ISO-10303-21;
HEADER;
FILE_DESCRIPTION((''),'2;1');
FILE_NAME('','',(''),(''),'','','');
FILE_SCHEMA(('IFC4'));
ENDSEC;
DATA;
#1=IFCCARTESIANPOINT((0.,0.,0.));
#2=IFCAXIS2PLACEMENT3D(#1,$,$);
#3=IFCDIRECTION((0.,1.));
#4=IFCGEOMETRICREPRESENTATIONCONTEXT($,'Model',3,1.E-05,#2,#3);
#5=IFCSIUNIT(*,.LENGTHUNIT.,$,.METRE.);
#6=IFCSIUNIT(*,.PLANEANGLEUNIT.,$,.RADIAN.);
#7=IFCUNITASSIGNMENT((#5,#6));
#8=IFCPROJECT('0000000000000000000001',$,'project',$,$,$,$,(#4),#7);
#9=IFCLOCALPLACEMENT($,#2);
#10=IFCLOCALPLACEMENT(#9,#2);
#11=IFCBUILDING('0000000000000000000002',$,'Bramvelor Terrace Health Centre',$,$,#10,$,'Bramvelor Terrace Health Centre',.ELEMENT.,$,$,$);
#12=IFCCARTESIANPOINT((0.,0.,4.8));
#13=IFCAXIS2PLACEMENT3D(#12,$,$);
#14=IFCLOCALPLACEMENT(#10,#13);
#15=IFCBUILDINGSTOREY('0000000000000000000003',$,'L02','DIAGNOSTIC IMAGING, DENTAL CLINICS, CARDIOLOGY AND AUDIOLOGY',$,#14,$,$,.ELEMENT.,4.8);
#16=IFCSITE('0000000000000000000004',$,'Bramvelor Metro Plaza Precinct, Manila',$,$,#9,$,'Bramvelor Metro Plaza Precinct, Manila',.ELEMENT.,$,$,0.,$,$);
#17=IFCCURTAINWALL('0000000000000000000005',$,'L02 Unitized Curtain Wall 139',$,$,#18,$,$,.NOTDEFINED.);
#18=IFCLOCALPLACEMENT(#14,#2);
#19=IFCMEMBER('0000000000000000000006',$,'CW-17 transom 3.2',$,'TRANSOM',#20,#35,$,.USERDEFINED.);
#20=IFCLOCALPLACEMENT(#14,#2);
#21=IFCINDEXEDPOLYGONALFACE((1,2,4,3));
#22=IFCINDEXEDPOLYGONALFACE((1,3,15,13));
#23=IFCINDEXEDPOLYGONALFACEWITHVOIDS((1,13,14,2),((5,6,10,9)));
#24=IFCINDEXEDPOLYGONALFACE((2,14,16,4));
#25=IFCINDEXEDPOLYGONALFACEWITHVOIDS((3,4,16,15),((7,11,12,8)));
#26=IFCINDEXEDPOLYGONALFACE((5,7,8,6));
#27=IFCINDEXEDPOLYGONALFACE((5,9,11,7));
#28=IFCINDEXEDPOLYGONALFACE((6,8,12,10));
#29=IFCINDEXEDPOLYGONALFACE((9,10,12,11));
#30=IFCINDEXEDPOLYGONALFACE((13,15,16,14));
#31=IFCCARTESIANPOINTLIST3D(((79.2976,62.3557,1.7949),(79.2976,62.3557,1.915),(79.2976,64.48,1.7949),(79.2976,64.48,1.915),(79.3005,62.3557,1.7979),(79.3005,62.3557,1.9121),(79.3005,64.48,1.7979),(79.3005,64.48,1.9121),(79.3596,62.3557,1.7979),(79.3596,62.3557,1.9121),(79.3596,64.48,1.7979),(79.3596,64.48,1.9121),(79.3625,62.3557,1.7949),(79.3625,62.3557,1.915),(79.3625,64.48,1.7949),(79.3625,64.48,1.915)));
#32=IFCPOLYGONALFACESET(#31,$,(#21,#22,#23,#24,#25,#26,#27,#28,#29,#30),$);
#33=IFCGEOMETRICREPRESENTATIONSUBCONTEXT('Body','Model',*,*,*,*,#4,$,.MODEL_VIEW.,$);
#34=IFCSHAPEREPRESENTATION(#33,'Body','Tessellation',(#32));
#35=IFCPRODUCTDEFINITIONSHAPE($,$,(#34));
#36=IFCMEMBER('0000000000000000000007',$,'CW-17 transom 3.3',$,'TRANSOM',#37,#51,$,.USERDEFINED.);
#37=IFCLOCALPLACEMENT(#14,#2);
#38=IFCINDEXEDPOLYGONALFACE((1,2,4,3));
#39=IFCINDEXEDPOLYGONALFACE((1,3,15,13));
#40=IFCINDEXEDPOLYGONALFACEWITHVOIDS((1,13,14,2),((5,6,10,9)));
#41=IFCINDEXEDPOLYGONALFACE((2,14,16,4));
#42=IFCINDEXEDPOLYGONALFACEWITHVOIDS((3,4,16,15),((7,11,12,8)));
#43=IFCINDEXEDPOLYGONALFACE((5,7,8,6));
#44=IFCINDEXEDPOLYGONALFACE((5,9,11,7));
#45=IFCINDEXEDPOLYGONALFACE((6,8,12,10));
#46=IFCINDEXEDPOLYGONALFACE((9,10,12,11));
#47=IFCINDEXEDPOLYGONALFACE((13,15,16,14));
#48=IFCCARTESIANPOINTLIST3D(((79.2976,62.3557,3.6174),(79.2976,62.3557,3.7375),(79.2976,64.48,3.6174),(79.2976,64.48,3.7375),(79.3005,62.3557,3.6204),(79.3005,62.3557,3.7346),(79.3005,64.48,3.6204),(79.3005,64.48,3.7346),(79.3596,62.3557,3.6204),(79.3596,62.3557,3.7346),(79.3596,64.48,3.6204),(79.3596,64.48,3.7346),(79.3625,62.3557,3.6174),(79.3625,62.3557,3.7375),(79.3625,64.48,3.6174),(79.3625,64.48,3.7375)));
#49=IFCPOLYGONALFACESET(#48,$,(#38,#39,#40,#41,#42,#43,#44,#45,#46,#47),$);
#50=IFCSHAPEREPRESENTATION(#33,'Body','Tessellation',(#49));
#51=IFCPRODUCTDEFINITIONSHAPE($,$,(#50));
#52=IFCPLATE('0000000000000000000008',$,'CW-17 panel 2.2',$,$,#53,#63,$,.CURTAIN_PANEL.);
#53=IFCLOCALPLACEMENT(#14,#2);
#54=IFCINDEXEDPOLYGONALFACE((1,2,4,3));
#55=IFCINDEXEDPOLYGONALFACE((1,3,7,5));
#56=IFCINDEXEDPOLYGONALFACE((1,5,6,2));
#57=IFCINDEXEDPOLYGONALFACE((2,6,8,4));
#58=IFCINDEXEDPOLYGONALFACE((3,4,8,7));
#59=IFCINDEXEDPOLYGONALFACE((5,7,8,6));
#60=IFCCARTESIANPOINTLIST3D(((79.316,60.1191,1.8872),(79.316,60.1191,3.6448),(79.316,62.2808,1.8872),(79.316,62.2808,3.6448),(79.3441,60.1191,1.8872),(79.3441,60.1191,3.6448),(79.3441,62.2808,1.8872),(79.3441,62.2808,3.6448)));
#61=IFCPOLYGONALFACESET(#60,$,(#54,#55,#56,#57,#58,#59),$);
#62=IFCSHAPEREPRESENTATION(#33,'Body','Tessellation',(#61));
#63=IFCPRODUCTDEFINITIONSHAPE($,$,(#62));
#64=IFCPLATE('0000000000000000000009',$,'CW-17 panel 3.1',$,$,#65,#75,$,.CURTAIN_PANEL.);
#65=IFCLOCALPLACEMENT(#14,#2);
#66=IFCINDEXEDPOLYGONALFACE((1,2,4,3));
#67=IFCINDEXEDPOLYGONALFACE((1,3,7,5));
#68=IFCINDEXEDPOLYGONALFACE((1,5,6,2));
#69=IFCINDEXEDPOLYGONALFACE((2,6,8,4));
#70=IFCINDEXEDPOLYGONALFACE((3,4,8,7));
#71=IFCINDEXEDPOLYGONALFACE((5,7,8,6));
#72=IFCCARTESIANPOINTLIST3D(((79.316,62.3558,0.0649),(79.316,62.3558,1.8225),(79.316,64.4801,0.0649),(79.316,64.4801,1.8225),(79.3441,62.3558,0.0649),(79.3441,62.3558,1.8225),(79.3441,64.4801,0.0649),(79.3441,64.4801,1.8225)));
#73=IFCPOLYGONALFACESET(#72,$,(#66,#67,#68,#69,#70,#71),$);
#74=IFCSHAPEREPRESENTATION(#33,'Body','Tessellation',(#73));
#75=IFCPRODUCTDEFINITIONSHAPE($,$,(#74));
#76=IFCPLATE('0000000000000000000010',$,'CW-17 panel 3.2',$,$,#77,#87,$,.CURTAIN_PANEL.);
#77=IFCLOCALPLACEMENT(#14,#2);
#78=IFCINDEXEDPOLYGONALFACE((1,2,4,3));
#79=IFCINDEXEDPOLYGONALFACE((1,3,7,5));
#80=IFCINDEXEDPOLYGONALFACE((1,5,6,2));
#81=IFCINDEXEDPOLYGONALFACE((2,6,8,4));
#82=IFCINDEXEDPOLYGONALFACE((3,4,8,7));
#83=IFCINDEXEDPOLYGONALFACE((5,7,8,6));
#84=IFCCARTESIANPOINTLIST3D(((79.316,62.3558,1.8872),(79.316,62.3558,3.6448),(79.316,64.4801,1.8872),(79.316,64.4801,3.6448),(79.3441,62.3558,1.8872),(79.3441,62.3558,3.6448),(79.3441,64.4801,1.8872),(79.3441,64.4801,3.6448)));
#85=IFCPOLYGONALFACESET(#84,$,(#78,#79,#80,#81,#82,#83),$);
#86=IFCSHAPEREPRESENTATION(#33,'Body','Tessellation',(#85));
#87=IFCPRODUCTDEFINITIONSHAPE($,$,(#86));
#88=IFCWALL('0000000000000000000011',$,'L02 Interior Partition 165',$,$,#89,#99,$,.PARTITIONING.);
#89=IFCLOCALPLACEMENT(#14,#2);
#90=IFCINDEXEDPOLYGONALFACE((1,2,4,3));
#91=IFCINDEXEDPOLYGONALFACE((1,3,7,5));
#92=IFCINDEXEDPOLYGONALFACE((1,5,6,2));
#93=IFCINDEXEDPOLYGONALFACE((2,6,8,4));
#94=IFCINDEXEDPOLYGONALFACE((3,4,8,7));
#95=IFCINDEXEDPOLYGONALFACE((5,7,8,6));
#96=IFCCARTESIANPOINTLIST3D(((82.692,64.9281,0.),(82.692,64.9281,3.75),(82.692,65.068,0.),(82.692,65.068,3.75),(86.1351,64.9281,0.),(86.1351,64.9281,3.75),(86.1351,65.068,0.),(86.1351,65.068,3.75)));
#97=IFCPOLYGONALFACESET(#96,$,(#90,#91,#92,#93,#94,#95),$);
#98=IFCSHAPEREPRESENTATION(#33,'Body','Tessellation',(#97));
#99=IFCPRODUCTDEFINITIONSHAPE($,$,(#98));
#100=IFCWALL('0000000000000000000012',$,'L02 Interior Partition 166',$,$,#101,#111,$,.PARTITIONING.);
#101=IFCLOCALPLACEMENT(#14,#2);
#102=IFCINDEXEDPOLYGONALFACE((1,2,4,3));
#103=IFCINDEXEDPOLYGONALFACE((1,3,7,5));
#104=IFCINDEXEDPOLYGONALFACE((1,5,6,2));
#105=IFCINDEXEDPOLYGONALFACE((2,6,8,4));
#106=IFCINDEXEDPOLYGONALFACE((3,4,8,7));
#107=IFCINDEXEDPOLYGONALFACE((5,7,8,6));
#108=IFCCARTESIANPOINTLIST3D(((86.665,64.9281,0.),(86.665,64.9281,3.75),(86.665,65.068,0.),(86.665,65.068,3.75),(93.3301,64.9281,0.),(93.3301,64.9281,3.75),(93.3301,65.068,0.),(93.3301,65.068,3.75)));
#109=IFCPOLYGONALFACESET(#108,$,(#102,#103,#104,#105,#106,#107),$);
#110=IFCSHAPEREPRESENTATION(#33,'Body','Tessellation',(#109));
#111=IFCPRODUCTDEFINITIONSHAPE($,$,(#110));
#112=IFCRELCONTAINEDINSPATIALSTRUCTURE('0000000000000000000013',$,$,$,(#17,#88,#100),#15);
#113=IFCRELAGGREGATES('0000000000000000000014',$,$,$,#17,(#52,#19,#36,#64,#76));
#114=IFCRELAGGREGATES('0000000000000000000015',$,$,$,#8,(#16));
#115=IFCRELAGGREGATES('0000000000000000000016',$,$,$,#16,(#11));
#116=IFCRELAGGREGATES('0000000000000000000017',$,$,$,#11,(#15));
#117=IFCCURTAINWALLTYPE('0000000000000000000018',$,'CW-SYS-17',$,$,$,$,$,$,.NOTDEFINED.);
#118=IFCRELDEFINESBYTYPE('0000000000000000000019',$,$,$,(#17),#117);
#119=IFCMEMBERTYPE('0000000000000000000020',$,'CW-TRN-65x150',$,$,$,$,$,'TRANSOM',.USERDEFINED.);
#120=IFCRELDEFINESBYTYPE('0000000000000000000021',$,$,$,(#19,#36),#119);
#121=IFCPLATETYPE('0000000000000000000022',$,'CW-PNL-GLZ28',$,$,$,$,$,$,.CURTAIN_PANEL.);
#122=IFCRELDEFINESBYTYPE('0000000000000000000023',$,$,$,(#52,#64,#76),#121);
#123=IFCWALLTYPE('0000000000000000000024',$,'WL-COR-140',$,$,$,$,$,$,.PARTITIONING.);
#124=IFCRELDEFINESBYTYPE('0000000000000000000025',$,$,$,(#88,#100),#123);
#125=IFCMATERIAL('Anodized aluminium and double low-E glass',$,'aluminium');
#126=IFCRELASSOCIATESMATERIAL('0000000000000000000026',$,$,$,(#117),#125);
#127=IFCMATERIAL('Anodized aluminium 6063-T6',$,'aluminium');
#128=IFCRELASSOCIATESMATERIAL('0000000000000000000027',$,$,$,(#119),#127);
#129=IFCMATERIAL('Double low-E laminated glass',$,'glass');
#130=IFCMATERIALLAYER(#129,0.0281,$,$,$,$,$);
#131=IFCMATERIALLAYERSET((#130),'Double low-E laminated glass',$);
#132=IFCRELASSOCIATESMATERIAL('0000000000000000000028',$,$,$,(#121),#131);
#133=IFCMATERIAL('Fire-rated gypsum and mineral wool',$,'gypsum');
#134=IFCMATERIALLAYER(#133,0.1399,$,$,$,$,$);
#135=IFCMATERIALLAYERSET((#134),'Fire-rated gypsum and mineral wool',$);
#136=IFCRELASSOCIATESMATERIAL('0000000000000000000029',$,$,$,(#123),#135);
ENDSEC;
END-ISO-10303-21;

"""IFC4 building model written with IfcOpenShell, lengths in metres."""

from ifc_helpers import new_model, si_unit, direction, frame, frame_2d, origin, origin_2d, place, context, subcontext, project, spatial, rectangle, hollow_rectangle, extrude, material, layer, layer_set, material_profile, profile_set, type_object, element, aggregate, save


model = new_model("IFC4")

# Units and contexts
model_context = context("Model", 3, precision=1e-05, world=origin(), true_north=direction((0.0, 1.0)))
body_context = subcontext(model_context, "Body", "Model", "MODEL_VIEW")
ifc_project = project(units=[si_unit("LENGTHUNIT", "METRE"), si_unit("PLANEANGLEUNIT", "RADIAN")], contexts=[model_context])

# Site, building, storey
site_placement = place(None, origin())
site = spatial("IfcSite", under=ifc_project, at=site_placement, Name="Bramvelor Metro Plaza Precinct, Manila", LongName="Bramvelor Metro Plaza Precinct, Manila", CompositionType="ELEMENT", RefElevation=0.0)
building_placement = place(site_placement, origin())
building = spatial("IfcBuilding", under=site, at=building_placement, Name="Bramvelor Terrace Health Centre", LongName="Bramvelor Terrace Health Centre", CompositionType="ELEMENT")
storey_placement = place(building_placement, frame((0.0, 0.0, 4.8)))
storey = spatial("IfcBuildingStorey", under=building, at=storey_placement, Name="L02", Description="DIAGNOSTIC IMAGING, DENTAL CLINICS, CARDIOLOGY AND AUDIOLOGY", CompositionType="ELEMENT", Elevation=4.8)

# Curtain wall, members, plates
ifc_material_1 = material(Name="Anodized aluminium and double low-E glass", Category="aluminium")
curtain_wall_type = type_object("IfcCurtainWallType", Name="CW-SYS-17", PredefinedType="NOTDEFINED", material=ifc_material_1)
curtain_wall_placement = place(storey_placement, origin())
curtain_wall = element("IfcCurtainWall", 1, at=curtain_wall_placement, inside=storey, type_object=curtain_wall_type, Name="L02 Unitized Curtain Wall 139", PredefinedType="NOTDEFINED")
ifc_material_2 = material(Name="Anodized aluminium 6063-T6", Category="aluminium")
ifc_material_profile_1 = material_profile(ifc_material_2, hollow_rectangle(XDim=0.0649, YDim=0.1201, WallThickness=0.0029, at=origin_2d()), Name="ALU-TRN 65x120x3.0")
ifc_profile_set_1 = profile_set([ifc_material_profile_1], Name="Anodized aluminium 6063-T6")
member_type_1 = type_object("IfcMemberType", Name="CW-TRN-65x150", ElementType="TRANSOM", PredefinedType="USERDEFINED", material=ifc_profile_set_1)
member_1_placement = place(storey_placement, frame((79.3301, 62.3557, 1.855), z_axis=(0.0, 1.0, 0.0), x_axis=(-1.0, 0.0, 0.0)))
member_1 = element("IfcMember", 2, at=member_1_placement, type_object=member_type_1, Name="CW-17 transom 3.2", ObjectType="TRANSOM", PredefinedType="USERDEFINED", context=body_context, shape_type="SweptSolid", body=[
    extrude(hollow_rectangle(XDim=0.0649, YDim=0.1201, WallThickness=0.0029, at=origin_2d()), origin(), (0.0, 0.0, 1.0), 2.1243),
])
member_2_placement = place(storey_placement, frame((79.3301, 62.3557, 3.6775), z_axis=(0.0, 1.0, 0.0), x_axis=(-1.0, 0.0, 0.0)))
member_2 = element("IfcMember", 3, at=member_2_placement, type_object=member_type_1, Name="CW-17 transom 3.3", ObjectType="TRANSOM", PredefinedType="USERDEFINED", context=body_context, shape_type="SweptSolid", body=[
    extrude(hollow_rectangle(XDim=0.0649, YDim=0.1201, WallThickness=0.0029, at=origin_2d()), origin(), (0.0, 0.0, 1.0), 2.1243),
])
ifc_material_3 = material(Name="Double low-E laminated glass", Category="glass")
ifc_layer_1 = layer(ifc_material_3, 0.0281)
ifc_layer_set_1 = layer_set([ifc_layer_1], Name="Double low-E laminated glass")
plate_type = type_object("IfcPlateType", Name="CW-PNL-GLZ28", PredefinedType="CURTAIN_PANEL", material=ifc_layer_set_1)
plate_1_placement = place(storey_placement, frame((79.3301, 61.2, 1.8872), z_axis=(0.0, 0.0, 1.0), x_axis=(0.0, 1.0, 0.0)))
plate_1 = element("IfcPlate", 4, at=plate_1_placement, type_object=plate_type, Name="CW-17 panel 2.2", PredefinedType="CURTAIN_PANEL", context=body_context, shape_type="SweptSolid", body=[
    extrude(rectangle(XDim=2.1616, YDim=0.0281, at=origin_2d()), origin(), (0.0, 0.0, 1.0), 1.7576),
])
plate_2_placement = place(storey_placement, frame((79.3301, 63.418, 0.0649), z_axis=(0.0, 0.0, 1.0), x_axis=(0.0, 1.0, 0.0)))
plate_2 = element("IfcPlate", 5, at=plate_2_placement, type_object=plate_type, Name="CW-17 panel 3.1", PredefinedType="CURTAIN_PANEL", context=body_context, shape_type="SweptSolid", body=[
    extrude(rectangle(XDim=2.1243, YDim=0.0281, at=origin_2d()), origin(), (0.0, 0.0, 1.0), 1.7576),
])
plate_3_placement = place(storey_placement, frame((79.3301, 63.418, 1.8872), z_axis=(0.0, 0.0, 1.0), x_axis=(0.0, 1.0, 0.0)))
plate_3 = element("IfcPlate", 6, at=plate_3_placement, type_object=plate_type, Name="CW-17 panel 3.2", PredefinedType="CURTAIN_PANEL", context=body_context, shape_type="SweptSolid", body=[
    extrude(rectangle(XDim=2.1243, YDim=0.0281, at=origin_2d()), origin(), (0.0, 0.0, 1.0), 1.7576),
])
aggregate(curtain_wall, [plate_1, member_1, member_2, plate_2, plate_3])

# Walls
ifc_material_4 = material(Name="Fire-rated gypsum and mineral wool", Category="gypsum")
ifc_layer_2 = layer(ifc_material_4, 0.1399)
ifc_layer_set_2 = layer_set([ifc_layer_2], Name="Fire-rated gypsum and mineral wool")
wall_type = type_object("IfcWallType", Name="WL-COR-140", PredefinedType="PARTITIONING", material=ifc_layer_set_2)
wall_1_placement = place(storey_placement, frame((82.6919, 64.998, 0.0), z_axis=(0.0, 0.0, 1.0), x_axis=(1.0, 0.0, 0.0)))
element("IfcWall", 7, at=wall_1_placement, inside=storey, type_object=wall_type, Name="L02 Interior Partition 165", PredefinedType="PARTITIONING", context=body_context, shape_type="SweptSolid", body=[
    extrude(rectangle(XDim=3.4431, YDim=0.1399, at=frame_2d((1.7217, 0.0))), origin(), (0.0, 0.0, 1.0), 3.75),
])
wall_2_placement = place(storey_placement, frame((86.665, 64.998, 0.0), z_axis=(0.0, 0.0, 1.0), x_axis=(1.0, 0.0, 0.0)))
element("IfcWall", 8, at=wall_2_placement, inside=storey, type_object=wall_type, Name="L02 Interior Partition 166", PredefinedType="PARTITIONING", context=body_context, shape_type="SweptSolid", body=[
    extrude(rectangle(XDim=6.665, YDim=0.1399, at=frame_2d((3.3325, 0.0))), origin(), (0.0, 0.0, 1.0), 3.75),
])

save(model, "model.ifc")
